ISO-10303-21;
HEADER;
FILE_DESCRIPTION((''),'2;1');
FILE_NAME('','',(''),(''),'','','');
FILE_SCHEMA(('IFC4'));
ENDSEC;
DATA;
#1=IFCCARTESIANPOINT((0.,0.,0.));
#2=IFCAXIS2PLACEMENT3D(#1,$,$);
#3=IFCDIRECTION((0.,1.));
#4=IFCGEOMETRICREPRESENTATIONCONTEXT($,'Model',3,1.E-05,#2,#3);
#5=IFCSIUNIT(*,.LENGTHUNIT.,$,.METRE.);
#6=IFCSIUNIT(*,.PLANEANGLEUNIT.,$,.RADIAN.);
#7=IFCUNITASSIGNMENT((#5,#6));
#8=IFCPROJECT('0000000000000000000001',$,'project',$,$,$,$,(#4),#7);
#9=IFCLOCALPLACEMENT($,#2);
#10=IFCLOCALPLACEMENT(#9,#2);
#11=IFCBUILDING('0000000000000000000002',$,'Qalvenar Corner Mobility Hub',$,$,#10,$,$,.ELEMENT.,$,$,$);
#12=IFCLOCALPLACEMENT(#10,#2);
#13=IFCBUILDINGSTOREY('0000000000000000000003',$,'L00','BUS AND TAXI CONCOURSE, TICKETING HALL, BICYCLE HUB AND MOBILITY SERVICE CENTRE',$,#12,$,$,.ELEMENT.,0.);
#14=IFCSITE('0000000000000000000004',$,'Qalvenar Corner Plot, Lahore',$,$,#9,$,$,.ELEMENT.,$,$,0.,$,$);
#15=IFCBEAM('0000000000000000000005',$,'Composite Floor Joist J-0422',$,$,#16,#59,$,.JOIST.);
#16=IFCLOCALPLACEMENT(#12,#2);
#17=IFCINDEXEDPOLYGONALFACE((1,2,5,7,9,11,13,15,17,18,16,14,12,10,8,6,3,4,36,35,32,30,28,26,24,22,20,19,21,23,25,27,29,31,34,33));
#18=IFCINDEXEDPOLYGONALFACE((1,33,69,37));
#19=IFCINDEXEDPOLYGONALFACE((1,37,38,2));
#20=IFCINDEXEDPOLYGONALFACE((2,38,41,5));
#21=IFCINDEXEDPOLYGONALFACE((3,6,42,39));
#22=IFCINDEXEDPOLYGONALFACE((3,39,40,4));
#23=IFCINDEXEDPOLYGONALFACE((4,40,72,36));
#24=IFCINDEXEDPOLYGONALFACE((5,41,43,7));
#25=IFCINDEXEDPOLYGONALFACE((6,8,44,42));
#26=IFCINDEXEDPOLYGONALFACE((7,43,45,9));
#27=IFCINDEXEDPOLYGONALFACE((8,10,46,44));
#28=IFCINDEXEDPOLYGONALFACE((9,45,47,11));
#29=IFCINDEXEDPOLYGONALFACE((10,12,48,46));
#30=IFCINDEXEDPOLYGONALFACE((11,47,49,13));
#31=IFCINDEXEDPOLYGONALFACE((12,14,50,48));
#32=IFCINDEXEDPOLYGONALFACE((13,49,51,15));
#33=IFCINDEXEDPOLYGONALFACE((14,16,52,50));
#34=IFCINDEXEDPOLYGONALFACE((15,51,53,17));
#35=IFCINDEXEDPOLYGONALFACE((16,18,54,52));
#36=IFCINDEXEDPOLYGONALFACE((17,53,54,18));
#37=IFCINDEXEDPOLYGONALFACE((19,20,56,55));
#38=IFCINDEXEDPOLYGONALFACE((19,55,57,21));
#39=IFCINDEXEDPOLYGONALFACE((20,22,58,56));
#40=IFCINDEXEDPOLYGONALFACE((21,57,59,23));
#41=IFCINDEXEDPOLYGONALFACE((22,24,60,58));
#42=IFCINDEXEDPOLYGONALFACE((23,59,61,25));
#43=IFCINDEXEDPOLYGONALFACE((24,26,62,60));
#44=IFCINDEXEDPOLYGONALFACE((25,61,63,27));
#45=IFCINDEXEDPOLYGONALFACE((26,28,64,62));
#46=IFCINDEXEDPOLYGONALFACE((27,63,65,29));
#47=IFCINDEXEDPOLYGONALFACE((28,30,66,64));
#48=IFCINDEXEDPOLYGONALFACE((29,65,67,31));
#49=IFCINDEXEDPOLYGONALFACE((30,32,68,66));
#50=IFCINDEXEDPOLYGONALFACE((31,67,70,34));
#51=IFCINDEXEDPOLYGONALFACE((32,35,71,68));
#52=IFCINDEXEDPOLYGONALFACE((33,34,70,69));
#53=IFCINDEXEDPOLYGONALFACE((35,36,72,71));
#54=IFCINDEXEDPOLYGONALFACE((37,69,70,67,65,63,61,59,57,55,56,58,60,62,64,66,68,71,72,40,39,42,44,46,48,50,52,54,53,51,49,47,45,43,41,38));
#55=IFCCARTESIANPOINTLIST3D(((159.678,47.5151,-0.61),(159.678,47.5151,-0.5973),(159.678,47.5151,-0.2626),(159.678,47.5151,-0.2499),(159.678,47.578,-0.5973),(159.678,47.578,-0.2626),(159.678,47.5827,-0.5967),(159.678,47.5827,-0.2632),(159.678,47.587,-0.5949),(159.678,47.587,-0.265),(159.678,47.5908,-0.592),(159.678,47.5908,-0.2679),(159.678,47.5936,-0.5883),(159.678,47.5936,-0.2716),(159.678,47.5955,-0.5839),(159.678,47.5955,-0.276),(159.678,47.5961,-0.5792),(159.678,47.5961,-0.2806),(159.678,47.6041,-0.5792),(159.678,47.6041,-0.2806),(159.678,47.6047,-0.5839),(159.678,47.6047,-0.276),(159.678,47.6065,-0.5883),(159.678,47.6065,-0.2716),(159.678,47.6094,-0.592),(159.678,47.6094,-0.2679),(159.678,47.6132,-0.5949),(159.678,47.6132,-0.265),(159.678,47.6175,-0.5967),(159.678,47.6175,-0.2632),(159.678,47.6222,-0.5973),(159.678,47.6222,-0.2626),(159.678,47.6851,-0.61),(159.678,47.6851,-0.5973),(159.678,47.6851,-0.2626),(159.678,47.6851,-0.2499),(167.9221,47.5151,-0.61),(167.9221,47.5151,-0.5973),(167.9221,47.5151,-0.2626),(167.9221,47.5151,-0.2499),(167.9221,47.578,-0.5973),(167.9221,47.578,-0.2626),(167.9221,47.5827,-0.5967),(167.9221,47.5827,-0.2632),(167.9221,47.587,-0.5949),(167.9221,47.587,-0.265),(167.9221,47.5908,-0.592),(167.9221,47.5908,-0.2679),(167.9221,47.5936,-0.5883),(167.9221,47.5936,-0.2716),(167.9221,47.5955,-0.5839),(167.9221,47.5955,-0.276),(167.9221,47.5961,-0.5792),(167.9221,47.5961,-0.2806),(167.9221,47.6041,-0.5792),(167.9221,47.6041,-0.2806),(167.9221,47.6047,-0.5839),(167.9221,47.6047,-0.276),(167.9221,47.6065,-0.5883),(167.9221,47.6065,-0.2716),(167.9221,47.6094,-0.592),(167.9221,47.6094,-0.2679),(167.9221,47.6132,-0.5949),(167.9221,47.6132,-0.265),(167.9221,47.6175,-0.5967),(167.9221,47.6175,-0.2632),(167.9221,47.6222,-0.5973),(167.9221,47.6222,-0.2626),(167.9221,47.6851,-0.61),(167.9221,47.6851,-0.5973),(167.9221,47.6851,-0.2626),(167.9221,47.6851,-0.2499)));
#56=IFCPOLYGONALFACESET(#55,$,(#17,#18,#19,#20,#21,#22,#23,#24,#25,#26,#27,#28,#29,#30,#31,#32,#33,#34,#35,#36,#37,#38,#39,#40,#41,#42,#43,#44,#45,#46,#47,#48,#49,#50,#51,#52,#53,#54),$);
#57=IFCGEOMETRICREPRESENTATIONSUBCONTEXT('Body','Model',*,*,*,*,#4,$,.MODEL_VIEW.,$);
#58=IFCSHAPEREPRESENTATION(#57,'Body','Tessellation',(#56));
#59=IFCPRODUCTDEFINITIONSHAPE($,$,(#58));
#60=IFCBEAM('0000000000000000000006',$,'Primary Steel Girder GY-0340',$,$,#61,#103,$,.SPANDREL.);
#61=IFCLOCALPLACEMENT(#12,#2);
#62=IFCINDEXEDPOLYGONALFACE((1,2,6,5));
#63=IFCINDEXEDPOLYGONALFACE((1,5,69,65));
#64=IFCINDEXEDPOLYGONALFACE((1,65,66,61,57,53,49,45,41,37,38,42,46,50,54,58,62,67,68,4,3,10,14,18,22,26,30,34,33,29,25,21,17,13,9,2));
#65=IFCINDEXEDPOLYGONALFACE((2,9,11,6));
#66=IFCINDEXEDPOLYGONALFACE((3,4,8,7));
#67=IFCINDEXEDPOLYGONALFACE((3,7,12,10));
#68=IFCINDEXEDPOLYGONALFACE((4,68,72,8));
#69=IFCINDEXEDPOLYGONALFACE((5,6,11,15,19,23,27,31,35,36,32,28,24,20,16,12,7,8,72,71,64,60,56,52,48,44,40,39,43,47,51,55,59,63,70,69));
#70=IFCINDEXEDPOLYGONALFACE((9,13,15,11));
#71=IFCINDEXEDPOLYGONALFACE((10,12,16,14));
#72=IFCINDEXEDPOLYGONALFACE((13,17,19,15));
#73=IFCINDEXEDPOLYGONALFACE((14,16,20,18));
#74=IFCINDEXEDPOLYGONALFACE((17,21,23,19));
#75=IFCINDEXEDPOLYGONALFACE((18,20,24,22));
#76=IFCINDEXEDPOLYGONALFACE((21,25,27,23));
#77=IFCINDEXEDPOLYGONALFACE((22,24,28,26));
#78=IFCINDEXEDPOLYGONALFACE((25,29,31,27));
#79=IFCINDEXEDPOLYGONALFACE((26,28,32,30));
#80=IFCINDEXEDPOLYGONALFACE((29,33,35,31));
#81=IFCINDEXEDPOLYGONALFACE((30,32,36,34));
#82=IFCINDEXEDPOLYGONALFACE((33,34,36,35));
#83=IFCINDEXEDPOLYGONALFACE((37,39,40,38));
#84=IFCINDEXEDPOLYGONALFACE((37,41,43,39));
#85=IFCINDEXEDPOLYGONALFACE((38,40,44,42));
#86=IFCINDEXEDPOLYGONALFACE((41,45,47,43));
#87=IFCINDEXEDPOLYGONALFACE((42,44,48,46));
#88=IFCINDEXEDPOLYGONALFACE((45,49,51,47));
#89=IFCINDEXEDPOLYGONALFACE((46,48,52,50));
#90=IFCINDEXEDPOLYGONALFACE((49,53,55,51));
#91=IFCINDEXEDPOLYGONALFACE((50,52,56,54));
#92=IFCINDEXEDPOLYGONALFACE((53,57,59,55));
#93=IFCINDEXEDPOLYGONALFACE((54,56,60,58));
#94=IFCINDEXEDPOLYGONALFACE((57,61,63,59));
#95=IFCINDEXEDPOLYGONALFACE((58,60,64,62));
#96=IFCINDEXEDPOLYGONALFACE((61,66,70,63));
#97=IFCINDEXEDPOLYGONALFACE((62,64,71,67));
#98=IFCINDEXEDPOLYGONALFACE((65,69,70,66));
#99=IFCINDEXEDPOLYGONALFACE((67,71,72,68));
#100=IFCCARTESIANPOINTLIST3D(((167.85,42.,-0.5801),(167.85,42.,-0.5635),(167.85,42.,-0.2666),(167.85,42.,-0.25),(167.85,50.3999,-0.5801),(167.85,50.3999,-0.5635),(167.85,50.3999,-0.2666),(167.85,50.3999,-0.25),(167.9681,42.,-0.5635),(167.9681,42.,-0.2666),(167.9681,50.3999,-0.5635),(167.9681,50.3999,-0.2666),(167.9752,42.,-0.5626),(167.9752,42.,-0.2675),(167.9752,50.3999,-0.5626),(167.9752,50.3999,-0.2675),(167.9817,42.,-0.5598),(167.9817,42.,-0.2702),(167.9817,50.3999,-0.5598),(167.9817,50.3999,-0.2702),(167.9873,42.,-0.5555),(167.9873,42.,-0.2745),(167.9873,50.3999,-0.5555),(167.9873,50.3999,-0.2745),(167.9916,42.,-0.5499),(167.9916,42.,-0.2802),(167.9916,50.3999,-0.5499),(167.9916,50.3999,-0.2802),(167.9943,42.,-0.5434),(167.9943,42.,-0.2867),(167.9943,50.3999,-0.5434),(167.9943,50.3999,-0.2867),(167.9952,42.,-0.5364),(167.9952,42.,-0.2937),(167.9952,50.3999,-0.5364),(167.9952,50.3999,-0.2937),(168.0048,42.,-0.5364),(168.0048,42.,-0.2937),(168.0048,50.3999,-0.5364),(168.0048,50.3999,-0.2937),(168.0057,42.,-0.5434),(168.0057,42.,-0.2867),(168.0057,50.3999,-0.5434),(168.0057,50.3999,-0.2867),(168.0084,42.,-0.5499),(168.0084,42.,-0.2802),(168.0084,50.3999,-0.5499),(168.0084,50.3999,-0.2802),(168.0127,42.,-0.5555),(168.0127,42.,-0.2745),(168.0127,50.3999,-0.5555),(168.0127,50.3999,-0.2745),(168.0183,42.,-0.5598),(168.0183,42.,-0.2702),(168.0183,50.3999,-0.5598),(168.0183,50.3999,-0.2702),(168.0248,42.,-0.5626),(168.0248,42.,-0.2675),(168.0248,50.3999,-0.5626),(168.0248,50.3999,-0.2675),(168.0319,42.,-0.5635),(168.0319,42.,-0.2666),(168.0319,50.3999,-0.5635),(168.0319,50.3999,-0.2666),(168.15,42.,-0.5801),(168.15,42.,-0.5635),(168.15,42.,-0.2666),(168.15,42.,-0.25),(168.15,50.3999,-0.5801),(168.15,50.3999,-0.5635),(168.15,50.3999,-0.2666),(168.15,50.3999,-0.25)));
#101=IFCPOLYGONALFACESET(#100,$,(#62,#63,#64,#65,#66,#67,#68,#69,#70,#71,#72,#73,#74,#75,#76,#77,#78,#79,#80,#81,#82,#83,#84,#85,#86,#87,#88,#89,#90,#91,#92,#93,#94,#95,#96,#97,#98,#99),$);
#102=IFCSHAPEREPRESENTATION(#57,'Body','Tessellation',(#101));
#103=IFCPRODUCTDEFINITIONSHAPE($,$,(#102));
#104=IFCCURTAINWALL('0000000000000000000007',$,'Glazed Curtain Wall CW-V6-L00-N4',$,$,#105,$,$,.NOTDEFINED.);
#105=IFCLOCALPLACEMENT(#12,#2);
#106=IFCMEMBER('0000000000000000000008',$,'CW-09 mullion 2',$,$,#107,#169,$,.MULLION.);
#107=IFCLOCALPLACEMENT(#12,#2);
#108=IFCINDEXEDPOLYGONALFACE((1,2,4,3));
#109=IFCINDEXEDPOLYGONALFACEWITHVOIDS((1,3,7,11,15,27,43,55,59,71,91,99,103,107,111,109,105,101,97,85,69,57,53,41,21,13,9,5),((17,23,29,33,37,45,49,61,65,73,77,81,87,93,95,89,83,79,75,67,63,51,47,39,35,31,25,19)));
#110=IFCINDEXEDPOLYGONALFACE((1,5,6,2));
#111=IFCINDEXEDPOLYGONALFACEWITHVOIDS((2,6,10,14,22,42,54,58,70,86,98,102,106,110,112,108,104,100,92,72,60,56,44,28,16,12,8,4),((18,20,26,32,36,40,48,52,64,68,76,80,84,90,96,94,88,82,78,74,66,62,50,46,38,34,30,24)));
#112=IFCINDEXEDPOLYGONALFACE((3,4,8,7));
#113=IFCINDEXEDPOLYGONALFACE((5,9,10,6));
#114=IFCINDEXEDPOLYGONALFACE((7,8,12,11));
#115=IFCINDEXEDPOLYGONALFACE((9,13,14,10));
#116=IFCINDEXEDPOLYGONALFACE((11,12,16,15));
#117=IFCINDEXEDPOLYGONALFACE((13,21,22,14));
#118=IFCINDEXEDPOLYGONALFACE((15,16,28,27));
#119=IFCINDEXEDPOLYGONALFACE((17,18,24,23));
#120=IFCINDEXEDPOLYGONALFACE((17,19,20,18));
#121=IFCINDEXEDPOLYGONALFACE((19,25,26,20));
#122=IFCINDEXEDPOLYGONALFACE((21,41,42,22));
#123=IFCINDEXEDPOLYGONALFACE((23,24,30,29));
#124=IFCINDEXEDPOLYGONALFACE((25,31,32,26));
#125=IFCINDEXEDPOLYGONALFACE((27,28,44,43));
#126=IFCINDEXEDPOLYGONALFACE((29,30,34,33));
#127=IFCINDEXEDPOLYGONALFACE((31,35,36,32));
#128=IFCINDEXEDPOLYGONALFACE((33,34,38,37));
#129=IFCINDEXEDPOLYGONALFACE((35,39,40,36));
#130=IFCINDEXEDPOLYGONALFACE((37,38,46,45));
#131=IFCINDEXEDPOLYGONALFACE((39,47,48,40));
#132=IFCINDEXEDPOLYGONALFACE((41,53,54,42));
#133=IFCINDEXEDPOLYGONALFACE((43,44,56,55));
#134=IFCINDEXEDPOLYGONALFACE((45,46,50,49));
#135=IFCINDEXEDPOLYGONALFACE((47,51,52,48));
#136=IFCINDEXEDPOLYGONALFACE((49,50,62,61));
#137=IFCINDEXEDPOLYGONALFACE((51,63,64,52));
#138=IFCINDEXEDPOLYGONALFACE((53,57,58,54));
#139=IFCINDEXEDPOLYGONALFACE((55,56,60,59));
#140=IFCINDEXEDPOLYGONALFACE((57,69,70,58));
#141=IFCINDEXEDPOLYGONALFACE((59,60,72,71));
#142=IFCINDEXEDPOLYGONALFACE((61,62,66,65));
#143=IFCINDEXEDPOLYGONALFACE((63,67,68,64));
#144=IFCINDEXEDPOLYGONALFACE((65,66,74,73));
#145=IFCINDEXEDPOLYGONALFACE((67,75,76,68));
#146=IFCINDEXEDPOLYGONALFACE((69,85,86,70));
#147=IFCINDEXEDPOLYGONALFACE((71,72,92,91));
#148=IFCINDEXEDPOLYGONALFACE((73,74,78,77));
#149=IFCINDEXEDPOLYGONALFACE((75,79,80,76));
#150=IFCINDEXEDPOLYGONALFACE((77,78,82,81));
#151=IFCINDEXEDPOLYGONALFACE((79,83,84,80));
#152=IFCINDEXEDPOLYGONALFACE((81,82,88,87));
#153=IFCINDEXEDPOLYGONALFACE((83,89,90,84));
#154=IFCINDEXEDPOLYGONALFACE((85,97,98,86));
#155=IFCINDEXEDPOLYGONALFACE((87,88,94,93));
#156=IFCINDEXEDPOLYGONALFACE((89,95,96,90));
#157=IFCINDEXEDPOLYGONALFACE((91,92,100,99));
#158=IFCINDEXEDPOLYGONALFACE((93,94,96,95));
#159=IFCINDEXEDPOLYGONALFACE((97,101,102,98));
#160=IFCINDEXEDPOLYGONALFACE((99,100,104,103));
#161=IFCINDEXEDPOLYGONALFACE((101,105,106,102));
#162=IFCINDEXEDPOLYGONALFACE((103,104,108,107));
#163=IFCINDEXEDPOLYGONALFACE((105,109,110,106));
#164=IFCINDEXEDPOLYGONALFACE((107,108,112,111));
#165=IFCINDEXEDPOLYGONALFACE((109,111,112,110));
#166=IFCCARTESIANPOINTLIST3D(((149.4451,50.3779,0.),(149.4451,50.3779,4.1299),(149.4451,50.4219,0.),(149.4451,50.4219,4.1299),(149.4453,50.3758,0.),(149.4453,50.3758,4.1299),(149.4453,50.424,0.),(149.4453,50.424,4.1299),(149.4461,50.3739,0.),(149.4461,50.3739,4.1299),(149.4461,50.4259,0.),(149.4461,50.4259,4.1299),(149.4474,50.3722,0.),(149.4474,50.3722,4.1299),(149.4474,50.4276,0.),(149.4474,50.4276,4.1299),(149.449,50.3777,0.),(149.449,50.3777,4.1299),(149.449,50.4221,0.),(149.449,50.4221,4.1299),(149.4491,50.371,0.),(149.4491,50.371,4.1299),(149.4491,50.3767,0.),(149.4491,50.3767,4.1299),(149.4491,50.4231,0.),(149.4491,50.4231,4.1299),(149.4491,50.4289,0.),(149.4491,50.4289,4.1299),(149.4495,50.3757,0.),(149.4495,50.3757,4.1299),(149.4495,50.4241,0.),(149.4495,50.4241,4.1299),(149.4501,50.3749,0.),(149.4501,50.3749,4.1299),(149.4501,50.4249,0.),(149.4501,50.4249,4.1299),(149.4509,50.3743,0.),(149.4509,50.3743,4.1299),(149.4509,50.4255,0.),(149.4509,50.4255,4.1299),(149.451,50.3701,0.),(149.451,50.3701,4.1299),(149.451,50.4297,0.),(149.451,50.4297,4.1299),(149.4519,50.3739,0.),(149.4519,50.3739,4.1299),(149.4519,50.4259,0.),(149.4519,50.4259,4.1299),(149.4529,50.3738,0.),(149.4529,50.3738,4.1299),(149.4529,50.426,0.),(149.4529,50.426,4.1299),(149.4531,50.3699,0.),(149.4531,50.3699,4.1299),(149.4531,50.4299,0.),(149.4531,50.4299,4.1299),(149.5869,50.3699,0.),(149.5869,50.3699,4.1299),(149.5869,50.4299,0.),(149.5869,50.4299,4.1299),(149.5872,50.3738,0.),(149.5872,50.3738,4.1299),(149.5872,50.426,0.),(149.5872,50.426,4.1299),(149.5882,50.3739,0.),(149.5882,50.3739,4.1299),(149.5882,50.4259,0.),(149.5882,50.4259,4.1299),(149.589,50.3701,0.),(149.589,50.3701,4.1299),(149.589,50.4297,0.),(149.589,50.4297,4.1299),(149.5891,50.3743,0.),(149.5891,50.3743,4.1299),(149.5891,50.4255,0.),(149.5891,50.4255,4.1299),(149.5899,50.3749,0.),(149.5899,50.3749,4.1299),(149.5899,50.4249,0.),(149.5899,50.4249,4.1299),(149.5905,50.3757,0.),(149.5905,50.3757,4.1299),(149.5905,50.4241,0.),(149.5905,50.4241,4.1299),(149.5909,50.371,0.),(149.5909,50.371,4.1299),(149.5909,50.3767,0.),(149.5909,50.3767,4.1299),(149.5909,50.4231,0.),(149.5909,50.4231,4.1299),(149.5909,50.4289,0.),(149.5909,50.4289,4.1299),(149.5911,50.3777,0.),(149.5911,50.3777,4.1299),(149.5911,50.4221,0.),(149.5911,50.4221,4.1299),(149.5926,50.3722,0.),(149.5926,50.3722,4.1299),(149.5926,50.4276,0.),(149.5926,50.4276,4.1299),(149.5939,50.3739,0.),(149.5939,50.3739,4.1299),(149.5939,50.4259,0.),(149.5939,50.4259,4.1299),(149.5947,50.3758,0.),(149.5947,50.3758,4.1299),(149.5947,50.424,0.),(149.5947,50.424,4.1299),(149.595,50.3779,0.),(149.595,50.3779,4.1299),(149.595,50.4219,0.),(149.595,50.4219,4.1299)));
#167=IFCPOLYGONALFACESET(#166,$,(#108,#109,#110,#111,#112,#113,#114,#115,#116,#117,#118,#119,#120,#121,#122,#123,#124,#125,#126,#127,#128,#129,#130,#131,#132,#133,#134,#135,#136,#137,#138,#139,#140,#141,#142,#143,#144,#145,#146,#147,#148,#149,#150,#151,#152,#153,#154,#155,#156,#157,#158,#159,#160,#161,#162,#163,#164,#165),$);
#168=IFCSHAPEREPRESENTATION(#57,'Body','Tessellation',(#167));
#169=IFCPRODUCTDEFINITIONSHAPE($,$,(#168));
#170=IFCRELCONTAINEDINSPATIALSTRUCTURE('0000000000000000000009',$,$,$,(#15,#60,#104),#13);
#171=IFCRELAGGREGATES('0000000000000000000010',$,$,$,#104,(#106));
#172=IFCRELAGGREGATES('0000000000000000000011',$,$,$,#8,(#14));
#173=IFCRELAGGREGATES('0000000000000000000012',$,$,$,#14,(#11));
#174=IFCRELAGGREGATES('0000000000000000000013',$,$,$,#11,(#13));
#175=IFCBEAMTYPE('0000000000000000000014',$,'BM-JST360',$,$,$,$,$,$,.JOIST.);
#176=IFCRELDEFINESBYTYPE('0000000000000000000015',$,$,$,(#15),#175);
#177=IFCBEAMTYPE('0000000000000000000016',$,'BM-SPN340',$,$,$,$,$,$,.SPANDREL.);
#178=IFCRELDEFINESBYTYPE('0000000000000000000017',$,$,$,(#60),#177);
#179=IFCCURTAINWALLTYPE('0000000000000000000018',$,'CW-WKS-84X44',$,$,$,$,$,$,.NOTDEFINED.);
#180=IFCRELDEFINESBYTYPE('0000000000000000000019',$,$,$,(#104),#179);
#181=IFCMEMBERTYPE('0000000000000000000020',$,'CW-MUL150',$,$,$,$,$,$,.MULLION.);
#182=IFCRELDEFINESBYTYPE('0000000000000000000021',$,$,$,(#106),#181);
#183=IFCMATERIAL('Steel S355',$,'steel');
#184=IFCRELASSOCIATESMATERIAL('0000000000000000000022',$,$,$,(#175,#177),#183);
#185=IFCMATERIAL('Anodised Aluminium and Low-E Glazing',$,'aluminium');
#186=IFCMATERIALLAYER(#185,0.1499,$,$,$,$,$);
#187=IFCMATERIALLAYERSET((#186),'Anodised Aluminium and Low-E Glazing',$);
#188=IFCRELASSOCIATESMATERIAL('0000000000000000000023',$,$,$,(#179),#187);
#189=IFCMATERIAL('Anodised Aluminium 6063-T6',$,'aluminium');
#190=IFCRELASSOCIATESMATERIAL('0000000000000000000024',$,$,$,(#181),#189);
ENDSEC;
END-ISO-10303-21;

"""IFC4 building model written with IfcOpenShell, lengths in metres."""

from ifc_helpers import new_model, si_unit, direction, frame, origin, origin_2d, place, context, subcontext, project, spatial, hollow_rectangle, i_section, extrude, material, layer, layer_set, material_profile, profile_set, type_object, element, aggregate, save


model = new_model("IFC4")

# Units and contexts
model_context = context("Model", 3, precision=1e-05, world=origin(), true_north=direction((0.0, 1.0)))
body_context = subcontext(model_context, "Body", "Model", "MODEL_VIEW")
ifc_project = project(units=[si_unit("LENGTHUNIT", "METRE"), si_unit("PLANEANGLEUNIT", "RADIAN")], contexts=[model_context])

# Site, building, storey
site_placement = place(None, origin())
site = spatial("IfcSite", under=ifc_project, at=site_placement, Name="Qalvenar Corner Plot, Lahore", CompositionType="ELEMENT", RefElevation=0.0)
building_placement = place(site_placement, origin())
building = spatial("IfcBuilding", under=site, at=building_placement, Name="Qalvenar Corner Mobility Hub", CompositionType="ELEMENT")
storey_placement = place(building_placement, origin())
storey = spatial("IfcBuildingStorey", under=building, at=storey_placement, Name="L00", Description="BUS AND TAXI CONCOURSE, TICKETING HALL, BICYCLE HUB AND MOBILITY SERVICE CENTRE", CompositionType="ELEMENT", Elevation=0.0)

# Shared definitions
ifc_material_1 = material(Name="Steel S355", Category="steel")

# Beams
ifc_material_profile_1 = material_profile(ifc_material_1, i_section(OverallWidth=0.1699, OverallDepth=0.3601, WebThickness=0.0081, FlangeThickness=0.0127, FilletRadius=0.0181, at=origin_2d()), Name="IPE360")
ifc_profile_set_1 = profile_set([ifc_material_profile_1], Name="Steel S355")
beam_type_1 = type_object("IfcBeamType", Name="BM-JST360", PredefinedType="JOIST", material=ifc_profile_set_1)
for number, where, z_axis, x_axis, name in (
    (1, (159.678, 47.6001, -0.4299), (1.0, 0.0, 0.0), (0.0, 1.0, 0.0), "Composite Floor Joist J-0422"),
):
    element("IfcBeam", number, at=place(storey_placement, frame(where, z_axis=z_axis, x_axis=x_axis)), inside=storey, type_object=beam_type_1, Name=name, PredefinedType="JOIST", context=body_context, shape_type="SweptSolid", body=[
        extrude(i_section(OverallWidth=0.1699, OverallDepth=0.3601, WebThickness=0.0081, FlangeThickness=0.0127, FilletRadius=0.0181, at=origin_2d()), origin(), (0.0, 0.0, 1.0), 8.2441),
    ])
ifc_material_profile_2 = material_profile(ifc_material_1, i_section(OverallWidth=0.3, OverallDepth=0.3301, WebThickness=0.0095, FlangeThickness=0.0166, FilletRadius=0.0271, at=origin_2d()), Name="HEA340")
ifc_profile_set_2 = profile_set([ifc_material_profile_2], Name="Steel S355")
beam_type_2 = type_object("IfcBeamType", Name="BM-SPN340", PredefinedType="SPANDREL", material=ifc_profile_set_2)
beam_1_placement = place(storey_placement, frame((168.0, 42.0, -0.415), z_axis=(0.0, 1.0, 0.0), x_axis=(-1.0, 0.0, 0.0)))
element("IfcBeam", 2, at=beam_1_placement, inside=storey, type_object=beam_type_2, Name="Primary Steel Girder GY-0340", PredefinedType="SPANDREL", context=body_context, shape_type="SweptSolid", body=[
    extrude(i_section(OverallWidth=0.3, OverallDepth=0.3301, WebThickness=0.0095, FlangeThickness=0.0166, FilletRadius=0.0271, at=origin_2d()), origin(), (0.0, 0.0, 1.0), 8.3999),
])

# Curtain wall, member
ifc_material_2 = material(Name="Anodised Aluminium and Low-E Glazing", Category="aluminium")
ifc_layer_1 = layer(ifc_material_2, 0.1499)
ifc_layer_set_1 = layer_set([ifc_layer_1], Name="Anodised Aluminium and Low-E Glazing")
curtain_wall_type = type_object("IfcCurtainWallType", Name="CW-WKS-84X44", PredefinedType="NOTDEFINED", material=ifc_layer_set_1)
curtain_wall_placement = place(storey_placement, origin())
curtain_wall = element("IfcCurtainWall", 3, at=curtain_wall_placement, inside=storey, type_object=curtain_wall_type, Name="Glazed Curtain Wall CW-V6-L00-N4", PredefinedType="NOTDEFINED")
ifc_material_3 = material(Name="Anodised Aluminium 6063-T6", Category="aluminium")
ifc_material_profile_3 = material_profile(ifc_material_3, hollow_rectangle(XDim=0.0601, YDim=0.1499, WallThickness=0.0039, InnerFilletRadius=0.0039, OuterFilletRadius=0.0081, at=origin_2d()), Name="RHS150x60x4")
ifc_profile_set_3 = profile_set([ifc_material_profile_3], Name="Anodised Aluminium 6063-T6")
member_type_1 = type_object("IfcMemberType", Name="CW-MUL150", PredefinedType="MULLION", material=ifc_profile_set_3)
member_1_placement = place(storey_placement, frame((149.52, 50.3999, 0.0), z_axis=(0.0, 0.0, 1.0), x_axis=(0.0, -1.0, 0.0)))
member_1 = element("IfcMember", 4, at=member_1_placement, type_object=member_type_1, Name="CW-09 mullion 2", PredefinedType="MULLION", context=body_context, shape_type="SweptSolid", body=[
    extrude(hollow_rectangle(XDim=0.0601, YDim=0.1499, WallThickness=0.0039, InnerFilletRadius=0.0039, OuterFilletRadius=0.0081, at=origin_2d()), origin(), (0.0, 0.0, 1.0), 4.1299),
])
aggregate(curtain_wall, [member_1])

save(model, "model.ifc")
